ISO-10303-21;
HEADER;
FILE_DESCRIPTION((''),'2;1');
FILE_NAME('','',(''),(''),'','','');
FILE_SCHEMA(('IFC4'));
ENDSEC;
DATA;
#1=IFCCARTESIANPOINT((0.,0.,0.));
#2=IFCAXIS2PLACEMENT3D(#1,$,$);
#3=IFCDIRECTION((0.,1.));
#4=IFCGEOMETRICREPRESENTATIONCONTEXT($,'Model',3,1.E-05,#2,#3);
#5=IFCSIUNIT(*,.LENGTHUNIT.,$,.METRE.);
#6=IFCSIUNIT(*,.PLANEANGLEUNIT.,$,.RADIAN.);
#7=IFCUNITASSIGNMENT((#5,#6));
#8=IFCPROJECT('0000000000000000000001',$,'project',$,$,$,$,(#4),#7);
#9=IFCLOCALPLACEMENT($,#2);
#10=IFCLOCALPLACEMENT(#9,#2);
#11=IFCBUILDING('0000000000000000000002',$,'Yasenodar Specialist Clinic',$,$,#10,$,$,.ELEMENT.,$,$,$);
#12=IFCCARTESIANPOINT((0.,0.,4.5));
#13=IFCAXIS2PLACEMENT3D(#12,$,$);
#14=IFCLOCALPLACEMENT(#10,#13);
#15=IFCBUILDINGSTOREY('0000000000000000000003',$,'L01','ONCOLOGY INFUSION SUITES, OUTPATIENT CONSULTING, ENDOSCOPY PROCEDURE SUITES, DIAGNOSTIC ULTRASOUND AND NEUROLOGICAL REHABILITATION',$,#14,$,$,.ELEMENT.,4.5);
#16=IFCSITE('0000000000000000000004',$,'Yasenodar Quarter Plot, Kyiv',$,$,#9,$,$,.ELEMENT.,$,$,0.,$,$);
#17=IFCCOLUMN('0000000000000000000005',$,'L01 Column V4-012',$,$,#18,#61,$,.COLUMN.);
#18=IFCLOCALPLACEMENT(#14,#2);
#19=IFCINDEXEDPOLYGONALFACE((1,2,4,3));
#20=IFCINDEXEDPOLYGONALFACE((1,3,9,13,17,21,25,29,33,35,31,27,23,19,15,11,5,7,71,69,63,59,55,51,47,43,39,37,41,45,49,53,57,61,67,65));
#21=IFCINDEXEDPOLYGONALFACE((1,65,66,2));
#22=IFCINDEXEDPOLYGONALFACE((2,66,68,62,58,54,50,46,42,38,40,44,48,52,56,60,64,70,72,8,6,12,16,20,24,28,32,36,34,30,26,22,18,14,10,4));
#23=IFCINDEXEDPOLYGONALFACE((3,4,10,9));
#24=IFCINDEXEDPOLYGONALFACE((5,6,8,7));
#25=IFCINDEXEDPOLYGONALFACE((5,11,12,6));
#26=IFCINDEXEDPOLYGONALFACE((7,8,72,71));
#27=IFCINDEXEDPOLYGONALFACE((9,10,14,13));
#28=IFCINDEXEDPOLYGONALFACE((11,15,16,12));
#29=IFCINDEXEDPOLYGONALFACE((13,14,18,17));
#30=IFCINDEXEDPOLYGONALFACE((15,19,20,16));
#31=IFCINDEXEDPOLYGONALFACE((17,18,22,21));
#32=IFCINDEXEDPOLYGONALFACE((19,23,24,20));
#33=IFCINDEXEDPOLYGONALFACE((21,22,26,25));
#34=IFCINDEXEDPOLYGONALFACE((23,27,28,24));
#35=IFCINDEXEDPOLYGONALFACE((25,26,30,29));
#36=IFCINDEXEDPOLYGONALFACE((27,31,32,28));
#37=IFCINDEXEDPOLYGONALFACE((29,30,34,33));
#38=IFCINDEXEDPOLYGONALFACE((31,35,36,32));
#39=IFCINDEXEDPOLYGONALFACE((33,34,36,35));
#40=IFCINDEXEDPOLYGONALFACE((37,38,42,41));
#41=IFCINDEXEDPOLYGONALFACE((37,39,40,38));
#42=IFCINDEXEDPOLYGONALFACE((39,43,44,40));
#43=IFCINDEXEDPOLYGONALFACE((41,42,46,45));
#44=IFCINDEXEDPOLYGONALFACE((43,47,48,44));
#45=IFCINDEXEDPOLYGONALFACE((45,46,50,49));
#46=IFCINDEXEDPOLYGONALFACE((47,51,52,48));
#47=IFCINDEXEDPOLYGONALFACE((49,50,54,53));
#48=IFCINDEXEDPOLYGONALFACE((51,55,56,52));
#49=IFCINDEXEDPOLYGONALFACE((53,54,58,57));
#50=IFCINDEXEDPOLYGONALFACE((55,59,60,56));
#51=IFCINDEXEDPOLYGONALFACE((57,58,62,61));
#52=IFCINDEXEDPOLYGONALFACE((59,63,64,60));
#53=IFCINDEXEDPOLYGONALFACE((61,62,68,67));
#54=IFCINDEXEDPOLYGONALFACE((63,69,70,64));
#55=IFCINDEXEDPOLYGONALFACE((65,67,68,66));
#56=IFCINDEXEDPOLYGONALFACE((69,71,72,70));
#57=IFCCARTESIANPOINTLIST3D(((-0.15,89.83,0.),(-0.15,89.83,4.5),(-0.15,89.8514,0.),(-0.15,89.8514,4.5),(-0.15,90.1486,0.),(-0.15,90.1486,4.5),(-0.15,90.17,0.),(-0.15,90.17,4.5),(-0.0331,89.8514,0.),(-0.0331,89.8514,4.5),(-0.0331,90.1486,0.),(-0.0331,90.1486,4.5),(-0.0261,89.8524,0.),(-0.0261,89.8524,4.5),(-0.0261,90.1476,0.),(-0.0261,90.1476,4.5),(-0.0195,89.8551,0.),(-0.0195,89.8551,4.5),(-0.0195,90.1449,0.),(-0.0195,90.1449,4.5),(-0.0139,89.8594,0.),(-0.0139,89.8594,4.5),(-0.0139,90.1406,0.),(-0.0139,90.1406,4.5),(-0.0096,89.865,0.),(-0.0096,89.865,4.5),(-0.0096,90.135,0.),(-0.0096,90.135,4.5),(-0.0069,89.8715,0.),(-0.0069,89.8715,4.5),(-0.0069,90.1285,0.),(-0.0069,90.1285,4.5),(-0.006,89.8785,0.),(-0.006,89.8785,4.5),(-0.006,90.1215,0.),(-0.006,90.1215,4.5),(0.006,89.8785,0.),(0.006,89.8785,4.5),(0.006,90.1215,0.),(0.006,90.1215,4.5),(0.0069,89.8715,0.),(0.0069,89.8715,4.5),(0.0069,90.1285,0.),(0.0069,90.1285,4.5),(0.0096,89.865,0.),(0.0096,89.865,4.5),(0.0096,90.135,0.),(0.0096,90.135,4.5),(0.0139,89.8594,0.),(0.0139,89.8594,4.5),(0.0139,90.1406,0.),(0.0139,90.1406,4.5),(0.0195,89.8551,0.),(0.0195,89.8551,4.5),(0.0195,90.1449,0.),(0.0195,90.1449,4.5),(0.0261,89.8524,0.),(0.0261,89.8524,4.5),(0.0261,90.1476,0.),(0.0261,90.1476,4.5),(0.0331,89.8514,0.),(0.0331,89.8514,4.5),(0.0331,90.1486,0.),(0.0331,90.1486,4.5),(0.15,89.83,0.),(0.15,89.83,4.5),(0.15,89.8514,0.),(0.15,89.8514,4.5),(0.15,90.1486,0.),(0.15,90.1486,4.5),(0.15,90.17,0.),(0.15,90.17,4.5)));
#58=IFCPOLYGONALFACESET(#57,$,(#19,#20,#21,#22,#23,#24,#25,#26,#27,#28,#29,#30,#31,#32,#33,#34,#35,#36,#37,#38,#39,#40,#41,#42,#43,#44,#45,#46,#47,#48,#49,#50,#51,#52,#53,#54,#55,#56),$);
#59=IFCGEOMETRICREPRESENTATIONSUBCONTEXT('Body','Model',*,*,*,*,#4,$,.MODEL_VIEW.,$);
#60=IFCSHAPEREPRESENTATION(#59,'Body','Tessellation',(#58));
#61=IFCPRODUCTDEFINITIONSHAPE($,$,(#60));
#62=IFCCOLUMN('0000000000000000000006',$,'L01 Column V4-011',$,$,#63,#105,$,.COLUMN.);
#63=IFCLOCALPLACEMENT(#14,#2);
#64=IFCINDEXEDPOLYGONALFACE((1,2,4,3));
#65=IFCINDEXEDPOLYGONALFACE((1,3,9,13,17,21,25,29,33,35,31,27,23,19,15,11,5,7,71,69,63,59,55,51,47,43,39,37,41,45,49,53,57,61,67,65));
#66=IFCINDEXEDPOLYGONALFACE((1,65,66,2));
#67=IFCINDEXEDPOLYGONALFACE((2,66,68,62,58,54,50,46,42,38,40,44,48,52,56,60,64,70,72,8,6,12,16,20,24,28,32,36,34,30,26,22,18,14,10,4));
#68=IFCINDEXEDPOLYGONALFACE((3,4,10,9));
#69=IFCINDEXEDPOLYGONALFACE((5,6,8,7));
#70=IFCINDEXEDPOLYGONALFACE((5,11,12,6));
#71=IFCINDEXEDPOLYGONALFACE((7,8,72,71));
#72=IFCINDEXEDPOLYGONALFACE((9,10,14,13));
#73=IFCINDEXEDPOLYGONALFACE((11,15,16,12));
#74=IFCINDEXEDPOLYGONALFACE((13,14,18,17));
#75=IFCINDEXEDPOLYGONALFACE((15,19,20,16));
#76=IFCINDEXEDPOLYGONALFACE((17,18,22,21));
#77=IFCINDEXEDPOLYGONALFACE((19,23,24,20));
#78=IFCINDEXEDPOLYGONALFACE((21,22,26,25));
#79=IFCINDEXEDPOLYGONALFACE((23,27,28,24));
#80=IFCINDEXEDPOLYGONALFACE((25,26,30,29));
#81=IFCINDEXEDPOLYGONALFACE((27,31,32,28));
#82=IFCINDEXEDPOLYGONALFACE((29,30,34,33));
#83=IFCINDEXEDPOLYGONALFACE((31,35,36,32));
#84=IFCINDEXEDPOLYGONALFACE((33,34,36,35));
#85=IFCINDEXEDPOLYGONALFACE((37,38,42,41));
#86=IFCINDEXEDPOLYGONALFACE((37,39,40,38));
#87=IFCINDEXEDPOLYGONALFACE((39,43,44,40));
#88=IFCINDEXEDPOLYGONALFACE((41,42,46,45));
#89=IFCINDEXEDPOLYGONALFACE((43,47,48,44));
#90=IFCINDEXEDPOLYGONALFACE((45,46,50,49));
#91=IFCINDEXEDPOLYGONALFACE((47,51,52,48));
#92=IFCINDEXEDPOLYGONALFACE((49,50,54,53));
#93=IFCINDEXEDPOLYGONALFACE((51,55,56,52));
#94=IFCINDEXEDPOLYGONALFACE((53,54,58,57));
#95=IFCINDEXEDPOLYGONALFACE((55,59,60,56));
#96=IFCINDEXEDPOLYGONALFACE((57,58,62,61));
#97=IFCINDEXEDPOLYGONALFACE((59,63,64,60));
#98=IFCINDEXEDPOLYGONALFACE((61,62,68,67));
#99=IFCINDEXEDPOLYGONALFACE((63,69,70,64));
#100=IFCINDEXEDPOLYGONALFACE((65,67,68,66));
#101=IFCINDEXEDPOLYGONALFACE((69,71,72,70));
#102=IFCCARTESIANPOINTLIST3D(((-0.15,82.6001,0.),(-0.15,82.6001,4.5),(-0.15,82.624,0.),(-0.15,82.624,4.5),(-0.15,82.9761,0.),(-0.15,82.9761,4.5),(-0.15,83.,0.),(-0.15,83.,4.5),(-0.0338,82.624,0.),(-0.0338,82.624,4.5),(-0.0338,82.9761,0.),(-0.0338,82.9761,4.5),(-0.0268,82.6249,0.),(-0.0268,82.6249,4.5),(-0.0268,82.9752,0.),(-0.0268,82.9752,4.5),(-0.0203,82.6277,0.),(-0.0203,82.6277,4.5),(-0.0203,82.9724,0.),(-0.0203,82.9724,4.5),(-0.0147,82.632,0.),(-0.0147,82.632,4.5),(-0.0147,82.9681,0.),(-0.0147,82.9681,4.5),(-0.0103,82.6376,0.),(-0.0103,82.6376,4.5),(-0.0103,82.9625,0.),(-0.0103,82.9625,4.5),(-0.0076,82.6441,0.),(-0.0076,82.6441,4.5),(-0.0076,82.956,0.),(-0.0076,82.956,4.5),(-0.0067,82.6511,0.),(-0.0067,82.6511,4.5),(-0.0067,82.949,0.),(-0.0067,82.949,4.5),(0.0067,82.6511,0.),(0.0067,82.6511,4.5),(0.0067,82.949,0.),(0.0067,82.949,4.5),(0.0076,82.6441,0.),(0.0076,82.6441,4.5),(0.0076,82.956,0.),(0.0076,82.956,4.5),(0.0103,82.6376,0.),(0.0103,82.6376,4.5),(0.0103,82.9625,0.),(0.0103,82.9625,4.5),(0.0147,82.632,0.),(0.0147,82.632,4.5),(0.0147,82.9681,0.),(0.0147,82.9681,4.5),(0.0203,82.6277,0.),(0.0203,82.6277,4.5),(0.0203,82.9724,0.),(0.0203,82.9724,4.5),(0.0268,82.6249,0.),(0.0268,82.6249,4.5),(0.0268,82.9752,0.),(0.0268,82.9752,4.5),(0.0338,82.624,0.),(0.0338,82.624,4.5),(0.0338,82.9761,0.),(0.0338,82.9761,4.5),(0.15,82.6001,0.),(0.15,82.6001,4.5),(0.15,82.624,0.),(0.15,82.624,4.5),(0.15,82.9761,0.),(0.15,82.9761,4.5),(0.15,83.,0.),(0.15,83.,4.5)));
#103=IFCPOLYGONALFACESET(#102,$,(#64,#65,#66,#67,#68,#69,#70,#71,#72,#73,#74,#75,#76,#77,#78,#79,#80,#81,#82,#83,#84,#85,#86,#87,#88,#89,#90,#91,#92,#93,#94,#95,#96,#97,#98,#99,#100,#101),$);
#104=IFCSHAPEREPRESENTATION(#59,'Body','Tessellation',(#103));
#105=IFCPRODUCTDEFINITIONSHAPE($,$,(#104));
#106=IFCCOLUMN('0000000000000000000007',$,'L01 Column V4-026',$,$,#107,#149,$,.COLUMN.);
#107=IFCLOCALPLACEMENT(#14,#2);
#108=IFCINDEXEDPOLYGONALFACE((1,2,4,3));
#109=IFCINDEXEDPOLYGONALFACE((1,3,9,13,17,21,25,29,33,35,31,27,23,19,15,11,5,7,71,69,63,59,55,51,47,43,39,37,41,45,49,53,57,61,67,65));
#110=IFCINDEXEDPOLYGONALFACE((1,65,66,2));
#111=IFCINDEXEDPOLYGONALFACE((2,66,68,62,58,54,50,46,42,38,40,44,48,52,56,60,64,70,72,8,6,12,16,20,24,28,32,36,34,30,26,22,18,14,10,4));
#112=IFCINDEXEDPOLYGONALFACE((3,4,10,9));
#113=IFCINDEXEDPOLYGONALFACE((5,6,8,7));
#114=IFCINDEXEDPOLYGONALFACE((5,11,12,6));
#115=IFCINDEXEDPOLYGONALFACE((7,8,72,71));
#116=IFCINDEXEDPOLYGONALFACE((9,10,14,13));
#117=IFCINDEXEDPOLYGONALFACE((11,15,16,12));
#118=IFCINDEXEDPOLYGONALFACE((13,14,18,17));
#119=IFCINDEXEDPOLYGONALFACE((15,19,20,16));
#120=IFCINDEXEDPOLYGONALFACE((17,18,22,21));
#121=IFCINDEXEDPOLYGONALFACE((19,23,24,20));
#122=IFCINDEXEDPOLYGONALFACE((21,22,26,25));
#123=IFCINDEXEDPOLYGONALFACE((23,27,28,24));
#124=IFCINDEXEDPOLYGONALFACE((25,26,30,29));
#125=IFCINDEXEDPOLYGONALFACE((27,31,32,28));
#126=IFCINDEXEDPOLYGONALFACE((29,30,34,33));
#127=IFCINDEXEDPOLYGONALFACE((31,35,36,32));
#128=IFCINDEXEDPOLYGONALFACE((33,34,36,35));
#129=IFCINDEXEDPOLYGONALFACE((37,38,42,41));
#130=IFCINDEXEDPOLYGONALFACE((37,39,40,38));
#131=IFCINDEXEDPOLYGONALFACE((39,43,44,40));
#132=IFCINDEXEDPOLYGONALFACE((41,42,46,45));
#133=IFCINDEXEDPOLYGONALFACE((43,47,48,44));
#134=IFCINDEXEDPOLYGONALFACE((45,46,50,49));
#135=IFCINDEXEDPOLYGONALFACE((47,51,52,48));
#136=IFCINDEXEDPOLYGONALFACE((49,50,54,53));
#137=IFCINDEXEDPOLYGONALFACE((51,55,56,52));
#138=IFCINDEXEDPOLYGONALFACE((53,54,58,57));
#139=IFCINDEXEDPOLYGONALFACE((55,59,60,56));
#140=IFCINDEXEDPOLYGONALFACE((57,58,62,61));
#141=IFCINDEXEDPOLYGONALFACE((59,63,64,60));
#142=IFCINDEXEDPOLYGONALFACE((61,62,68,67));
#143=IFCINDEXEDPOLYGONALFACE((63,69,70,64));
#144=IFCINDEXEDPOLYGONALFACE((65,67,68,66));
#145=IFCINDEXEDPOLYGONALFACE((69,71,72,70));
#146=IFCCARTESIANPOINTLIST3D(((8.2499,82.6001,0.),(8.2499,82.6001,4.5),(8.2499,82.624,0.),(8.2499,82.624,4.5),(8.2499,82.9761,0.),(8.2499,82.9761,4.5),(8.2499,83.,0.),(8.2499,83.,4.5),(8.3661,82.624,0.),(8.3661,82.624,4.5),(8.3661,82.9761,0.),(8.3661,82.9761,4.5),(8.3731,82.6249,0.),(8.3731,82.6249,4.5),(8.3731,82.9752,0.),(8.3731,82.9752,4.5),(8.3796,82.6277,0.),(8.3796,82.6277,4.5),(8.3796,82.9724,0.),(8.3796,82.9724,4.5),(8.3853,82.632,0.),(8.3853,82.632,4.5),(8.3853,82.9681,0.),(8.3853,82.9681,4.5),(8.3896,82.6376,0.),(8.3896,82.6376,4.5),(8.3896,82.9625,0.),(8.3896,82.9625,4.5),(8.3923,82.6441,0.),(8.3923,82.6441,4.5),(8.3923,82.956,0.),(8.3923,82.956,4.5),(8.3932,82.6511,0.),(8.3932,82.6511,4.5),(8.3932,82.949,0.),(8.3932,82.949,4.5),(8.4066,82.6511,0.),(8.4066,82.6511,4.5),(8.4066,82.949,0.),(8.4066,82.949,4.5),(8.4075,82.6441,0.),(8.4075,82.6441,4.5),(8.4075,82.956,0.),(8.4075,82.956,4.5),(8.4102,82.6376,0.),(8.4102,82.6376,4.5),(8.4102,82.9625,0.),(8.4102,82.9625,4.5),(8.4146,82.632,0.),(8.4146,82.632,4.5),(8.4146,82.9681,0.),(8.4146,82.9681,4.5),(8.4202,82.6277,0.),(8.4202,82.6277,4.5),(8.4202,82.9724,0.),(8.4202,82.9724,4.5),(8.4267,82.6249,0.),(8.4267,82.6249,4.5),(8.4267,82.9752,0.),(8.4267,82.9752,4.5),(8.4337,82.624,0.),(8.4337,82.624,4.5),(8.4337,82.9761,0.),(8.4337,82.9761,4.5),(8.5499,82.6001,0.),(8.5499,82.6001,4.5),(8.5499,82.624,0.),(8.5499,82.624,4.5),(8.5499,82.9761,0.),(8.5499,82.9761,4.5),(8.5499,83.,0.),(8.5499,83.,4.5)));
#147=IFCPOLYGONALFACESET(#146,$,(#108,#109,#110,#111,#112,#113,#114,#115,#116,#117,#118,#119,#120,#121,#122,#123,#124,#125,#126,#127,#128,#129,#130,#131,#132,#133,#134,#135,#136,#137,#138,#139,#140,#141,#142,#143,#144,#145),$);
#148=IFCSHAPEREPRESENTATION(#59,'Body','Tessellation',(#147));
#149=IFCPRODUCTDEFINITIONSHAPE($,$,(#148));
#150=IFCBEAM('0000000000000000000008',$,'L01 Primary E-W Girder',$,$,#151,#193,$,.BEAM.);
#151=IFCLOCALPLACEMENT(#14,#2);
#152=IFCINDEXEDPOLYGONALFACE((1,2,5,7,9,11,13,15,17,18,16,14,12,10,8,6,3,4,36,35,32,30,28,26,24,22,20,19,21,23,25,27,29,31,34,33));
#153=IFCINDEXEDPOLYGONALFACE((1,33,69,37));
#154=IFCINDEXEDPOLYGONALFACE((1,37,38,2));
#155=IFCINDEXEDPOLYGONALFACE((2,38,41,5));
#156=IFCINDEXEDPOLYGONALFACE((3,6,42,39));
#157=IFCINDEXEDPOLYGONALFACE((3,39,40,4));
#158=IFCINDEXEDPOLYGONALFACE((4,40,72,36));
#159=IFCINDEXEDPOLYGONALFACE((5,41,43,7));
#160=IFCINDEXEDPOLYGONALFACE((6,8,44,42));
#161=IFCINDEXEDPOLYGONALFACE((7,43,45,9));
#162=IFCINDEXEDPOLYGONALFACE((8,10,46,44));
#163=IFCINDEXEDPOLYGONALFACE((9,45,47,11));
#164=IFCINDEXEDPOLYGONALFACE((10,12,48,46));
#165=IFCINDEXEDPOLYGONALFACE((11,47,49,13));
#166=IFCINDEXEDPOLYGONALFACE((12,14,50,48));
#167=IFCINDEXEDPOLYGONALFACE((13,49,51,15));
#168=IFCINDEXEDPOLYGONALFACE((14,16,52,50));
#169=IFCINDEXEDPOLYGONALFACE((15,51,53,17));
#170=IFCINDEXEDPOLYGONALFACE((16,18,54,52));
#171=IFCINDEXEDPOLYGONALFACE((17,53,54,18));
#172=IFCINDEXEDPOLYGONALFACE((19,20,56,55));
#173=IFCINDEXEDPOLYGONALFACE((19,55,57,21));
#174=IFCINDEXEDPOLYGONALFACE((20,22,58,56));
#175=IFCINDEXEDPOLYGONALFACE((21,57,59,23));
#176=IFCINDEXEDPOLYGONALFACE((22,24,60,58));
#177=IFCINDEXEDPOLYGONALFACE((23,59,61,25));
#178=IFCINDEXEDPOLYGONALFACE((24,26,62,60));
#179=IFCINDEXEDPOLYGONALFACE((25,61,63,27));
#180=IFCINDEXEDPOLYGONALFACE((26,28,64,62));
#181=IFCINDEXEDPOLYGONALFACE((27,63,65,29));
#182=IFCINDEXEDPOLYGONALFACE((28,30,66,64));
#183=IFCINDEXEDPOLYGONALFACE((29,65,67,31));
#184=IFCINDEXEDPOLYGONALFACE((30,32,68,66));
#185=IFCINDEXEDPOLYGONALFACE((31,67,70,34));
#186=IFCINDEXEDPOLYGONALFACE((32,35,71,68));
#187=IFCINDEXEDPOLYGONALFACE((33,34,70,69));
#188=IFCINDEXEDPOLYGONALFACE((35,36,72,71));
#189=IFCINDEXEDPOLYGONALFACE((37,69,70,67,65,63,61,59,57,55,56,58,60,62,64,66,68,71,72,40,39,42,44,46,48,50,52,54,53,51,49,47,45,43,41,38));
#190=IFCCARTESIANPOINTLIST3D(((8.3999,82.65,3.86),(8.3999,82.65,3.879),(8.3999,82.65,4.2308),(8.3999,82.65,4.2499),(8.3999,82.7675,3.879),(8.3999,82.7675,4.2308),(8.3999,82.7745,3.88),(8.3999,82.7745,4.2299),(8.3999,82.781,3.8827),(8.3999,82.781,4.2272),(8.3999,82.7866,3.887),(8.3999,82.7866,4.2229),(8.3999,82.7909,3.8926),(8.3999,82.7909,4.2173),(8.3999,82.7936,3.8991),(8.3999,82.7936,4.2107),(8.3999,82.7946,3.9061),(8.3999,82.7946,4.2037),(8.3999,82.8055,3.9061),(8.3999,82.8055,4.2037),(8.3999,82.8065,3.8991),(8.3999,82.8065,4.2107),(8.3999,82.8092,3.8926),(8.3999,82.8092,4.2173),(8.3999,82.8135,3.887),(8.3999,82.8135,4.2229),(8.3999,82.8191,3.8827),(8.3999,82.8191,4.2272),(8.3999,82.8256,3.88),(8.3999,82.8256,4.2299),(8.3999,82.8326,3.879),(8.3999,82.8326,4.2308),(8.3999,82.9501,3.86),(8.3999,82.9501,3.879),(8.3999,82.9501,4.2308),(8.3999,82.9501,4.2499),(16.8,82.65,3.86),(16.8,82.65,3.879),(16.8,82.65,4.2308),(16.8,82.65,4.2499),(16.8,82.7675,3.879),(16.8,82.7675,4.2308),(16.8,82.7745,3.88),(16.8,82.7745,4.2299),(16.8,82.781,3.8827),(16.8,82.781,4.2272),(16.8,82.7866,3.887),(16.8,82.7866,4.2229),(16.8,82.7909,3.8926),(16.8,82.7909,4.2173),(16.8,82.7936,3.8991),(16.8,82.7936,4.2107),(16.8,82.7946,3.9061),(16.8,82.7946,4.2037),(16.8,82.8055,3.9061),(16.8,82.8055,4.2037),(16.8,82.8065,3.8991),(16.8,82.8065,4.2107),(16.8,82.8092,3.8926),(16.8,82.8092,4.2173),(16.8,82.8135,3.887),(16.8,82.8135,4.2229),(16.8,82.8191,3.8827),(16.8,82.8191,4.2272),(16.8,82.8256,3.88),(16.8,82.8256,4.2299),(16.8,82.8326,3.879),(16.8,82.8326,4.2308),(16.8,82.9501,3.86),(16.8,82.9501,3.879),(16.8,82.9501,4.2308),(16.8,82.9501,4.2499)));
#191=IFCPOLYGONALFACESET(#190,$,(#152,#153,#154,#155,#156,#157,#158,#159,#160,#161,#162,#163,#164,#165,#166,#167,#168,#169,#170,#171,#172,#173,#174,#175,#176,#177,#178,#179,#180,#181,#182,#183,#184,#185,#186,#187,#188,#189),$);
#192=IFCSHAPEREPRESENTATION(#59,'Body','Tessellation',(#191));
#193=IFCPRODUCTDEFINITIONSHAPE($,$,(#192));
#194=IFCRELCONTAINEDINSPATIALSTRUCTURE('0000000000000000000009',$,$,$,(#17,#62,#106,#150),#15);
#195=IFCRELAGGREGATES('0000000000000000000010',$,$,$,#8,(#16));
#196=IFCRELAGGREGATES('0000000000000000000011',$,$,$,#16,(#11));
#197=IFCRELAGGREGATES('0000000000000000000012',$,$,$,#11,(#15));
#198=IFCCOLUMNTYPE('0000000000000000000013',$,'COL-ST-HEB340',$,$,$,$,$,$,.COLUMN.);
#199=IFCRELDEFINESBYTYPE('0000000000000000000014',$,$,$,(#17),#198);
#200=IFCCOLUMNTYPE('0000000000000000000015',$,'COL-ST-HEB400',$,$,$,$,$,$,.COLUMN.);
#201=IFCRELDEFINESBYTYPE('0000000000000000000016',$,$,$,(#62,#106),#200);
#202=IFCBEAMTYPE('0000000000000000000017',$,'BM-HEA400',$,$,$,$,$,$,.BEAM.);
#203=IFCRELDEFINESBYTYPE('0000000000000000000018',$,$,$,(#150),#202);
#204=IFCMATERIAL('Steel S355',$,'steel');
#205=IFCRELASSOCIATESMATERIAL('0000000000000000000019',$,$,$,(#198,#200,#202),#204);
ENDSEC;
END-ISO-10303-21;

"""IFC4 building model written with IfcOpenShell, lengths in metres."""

from ifc_helpers import new_model, si_unit, direction, frame, origin, origin_2d, place, context, subcontext, project, spatial, i_section, extrude, material, material_profile, profile_set, type_object, element, save


model = new_model("IFC4")

# Units and contexts
model_context = context("Model", 3, precision=1e-05, world=origin(), true_north=direction((0.0, 1.0)))
body_context = subcontext(model_context, "Body", "Model", "MODEL_VIEW")
ifc_project = project(units=[si_unit("LENGTHUNIT", "METRE"), si_unit("PLANEANGLEUNIT", "RADIAN")], contexts=[model_context])

# Site, building, storey
site_placement = place(None, origin())
site = spatial("IfcSite", under=ifc_project, at=site_placement, Name="Yasenodar Quarter Plot, Kyiv", CompositionType="ELEMENT", RefElevation=0.0)
building_placement = place(site_placement, origin())
building = spatial("IfcBuilding", under=site, at=building_placement, Name="Yasenodar Specialist Clinic", CompositionType="ELEMENT")
storey_placement = place(building_placement, frame((0.0, 0.0, 4.5)))
storey = spatial("IfcBuildingStorey", under=building, at=storey_placement, Name="L01", Description="ONCOLOGY INFUSION SUITES, OUTPATIENT CONSULTING, ENDOSCOPY PROCEDURE SUITES, DIAGNOSTIC ULTRASOUND AND NEUROLOGICAL REHABILITATION", CompositionType="ELEMENT", Elevation=4.5)

# Columns
ifc_material_1 = material(Name="Steel S355", Category="steel")
ifc_material_profile_1 = material_profile(ifc_material_1, i_section(OverallWidth=0.3, OverallDepth=0.3401, WebThickness=0.012, FlangeThickness=0.0215, FilletRadius=0.0271, at=origin_2d()), Name="HEB 340")
ifc_profile_set_1 = profile_set([ifc_material_profile_1], Name="Steel S355")
column_type_1 = type_object("IfcColumnType", Name="COL-ST-HEB340", PredefinedType="COLUMN", material=ifc_profile_set_1)
column_placement = place(storey_placement, frame((0.0, 90.0, 0.0), z_axis=(0.0, 0.0, 1.0), x_axis=(1.0, 0.0, 0.0)))
element("IfcColumn", 1, at=column_placement, inside=storey, type_object=column_type_1, Name="L01 Column V4-012", PredefinedType="COLUMN", context=body_context, shape_type="SweptSolid", body=[
    extrude(i_section(OverallWidth=0.3, OverallDepth=0.3401, WebThickness=0.012, FlangeThickness=0.0215, FilletRadius=0.0271, at=origin_2d()), origin(), (0.0, 0.0, 1.0), 4.5),
])
ifc_material_profile_2 = material_profile(ifc_material_1, i_section(OverallWidth=0.3, OverallDepth=0.3999, WebThickness=0.0134, FlangeThickness=0.0239, FilletRadius=0.0271, at=origin_2d()), Name="HEB 400")
ifc_profile_set_2 = profile_set([ifc_material_profile_2], Name="Steel S355")
column_type_2 = type_object("IfcColumnType", Name="COL-ST-HEB400", PredefinedType="COLUMN", material=ifc_profile_set_2)
for number, where, z_axis, x_axis, name in (
    (2, (0.0, 82.8, 0.0), (0.0, 0.0, 1.0), (1.0, 0.0, 0.0), "L01 Column V4-011"),
    (3, (8.3999, 82.8, 0.0), (0.0, 0.0, 1.0), (1.0, 0.0, 0.0), "L01 Column V4-026"),
):
    element("IfcColumn", number, at=place(storey_placement, frame(where, z_axis=z_axis, x_axis=x_axis)), inside=storey, type_object=column_type_2, Name=name, PredefinedType="COLUMN", context=body_context, shape_type="SweptSolid", body=[
        extrude(i_section(OverallWidth=0.3, OverallDepth=0.3999, WebThickness=0.0134, FlangeThickness=0.0239, FilletRadius=0.0271, at=origin_2d()), origin(), (0.0, 0.0, 1.0), 4.5),
    ])

# Beam
ifc_material_profile_3 = material_profile(ifc_material_1, i_section(OverallWidth=0.3, OverallDepth=0.3899, WebThickness=0.011, FlangeThickness=0.019, FilletRadius=0.0271, at=origin_2d()), Name="HEA 400")
ifc_profile_set_3 = profile_set([ifc_material_profile_3], Name="Steel S355")
beam_type_1 = type_object("IfcBeamType", Name="BM-HEA400", PredefinedType="BEAM", material=ifc_profile_set_3)
beam_1_placement = place(storey_placement, frame((8.3999, 82.8, 4.0549), z_axis=(1.0, 0.0, 0.0), x_axis=(0.0, 1.0, 0.0)))
element("IfcBeam", 4, at=beam_1_placement, inside=storey, type_object=beam_type_1, Name="L01 Primary E-W Girder", PredefinedType="BEAM", context=body_context, shape_type="SweptSolid", body=[
    extrude(i_section(OverallWidth=0.3, OverallDepth=0.3899, WebThickness=0.011, FlangeThickness=0.019, FilletRadius=0.0271, at=origin_2d()), origin(), (0.0, 0.0, 1.0), 8.4001),
])

save(model, "model.ifc")
